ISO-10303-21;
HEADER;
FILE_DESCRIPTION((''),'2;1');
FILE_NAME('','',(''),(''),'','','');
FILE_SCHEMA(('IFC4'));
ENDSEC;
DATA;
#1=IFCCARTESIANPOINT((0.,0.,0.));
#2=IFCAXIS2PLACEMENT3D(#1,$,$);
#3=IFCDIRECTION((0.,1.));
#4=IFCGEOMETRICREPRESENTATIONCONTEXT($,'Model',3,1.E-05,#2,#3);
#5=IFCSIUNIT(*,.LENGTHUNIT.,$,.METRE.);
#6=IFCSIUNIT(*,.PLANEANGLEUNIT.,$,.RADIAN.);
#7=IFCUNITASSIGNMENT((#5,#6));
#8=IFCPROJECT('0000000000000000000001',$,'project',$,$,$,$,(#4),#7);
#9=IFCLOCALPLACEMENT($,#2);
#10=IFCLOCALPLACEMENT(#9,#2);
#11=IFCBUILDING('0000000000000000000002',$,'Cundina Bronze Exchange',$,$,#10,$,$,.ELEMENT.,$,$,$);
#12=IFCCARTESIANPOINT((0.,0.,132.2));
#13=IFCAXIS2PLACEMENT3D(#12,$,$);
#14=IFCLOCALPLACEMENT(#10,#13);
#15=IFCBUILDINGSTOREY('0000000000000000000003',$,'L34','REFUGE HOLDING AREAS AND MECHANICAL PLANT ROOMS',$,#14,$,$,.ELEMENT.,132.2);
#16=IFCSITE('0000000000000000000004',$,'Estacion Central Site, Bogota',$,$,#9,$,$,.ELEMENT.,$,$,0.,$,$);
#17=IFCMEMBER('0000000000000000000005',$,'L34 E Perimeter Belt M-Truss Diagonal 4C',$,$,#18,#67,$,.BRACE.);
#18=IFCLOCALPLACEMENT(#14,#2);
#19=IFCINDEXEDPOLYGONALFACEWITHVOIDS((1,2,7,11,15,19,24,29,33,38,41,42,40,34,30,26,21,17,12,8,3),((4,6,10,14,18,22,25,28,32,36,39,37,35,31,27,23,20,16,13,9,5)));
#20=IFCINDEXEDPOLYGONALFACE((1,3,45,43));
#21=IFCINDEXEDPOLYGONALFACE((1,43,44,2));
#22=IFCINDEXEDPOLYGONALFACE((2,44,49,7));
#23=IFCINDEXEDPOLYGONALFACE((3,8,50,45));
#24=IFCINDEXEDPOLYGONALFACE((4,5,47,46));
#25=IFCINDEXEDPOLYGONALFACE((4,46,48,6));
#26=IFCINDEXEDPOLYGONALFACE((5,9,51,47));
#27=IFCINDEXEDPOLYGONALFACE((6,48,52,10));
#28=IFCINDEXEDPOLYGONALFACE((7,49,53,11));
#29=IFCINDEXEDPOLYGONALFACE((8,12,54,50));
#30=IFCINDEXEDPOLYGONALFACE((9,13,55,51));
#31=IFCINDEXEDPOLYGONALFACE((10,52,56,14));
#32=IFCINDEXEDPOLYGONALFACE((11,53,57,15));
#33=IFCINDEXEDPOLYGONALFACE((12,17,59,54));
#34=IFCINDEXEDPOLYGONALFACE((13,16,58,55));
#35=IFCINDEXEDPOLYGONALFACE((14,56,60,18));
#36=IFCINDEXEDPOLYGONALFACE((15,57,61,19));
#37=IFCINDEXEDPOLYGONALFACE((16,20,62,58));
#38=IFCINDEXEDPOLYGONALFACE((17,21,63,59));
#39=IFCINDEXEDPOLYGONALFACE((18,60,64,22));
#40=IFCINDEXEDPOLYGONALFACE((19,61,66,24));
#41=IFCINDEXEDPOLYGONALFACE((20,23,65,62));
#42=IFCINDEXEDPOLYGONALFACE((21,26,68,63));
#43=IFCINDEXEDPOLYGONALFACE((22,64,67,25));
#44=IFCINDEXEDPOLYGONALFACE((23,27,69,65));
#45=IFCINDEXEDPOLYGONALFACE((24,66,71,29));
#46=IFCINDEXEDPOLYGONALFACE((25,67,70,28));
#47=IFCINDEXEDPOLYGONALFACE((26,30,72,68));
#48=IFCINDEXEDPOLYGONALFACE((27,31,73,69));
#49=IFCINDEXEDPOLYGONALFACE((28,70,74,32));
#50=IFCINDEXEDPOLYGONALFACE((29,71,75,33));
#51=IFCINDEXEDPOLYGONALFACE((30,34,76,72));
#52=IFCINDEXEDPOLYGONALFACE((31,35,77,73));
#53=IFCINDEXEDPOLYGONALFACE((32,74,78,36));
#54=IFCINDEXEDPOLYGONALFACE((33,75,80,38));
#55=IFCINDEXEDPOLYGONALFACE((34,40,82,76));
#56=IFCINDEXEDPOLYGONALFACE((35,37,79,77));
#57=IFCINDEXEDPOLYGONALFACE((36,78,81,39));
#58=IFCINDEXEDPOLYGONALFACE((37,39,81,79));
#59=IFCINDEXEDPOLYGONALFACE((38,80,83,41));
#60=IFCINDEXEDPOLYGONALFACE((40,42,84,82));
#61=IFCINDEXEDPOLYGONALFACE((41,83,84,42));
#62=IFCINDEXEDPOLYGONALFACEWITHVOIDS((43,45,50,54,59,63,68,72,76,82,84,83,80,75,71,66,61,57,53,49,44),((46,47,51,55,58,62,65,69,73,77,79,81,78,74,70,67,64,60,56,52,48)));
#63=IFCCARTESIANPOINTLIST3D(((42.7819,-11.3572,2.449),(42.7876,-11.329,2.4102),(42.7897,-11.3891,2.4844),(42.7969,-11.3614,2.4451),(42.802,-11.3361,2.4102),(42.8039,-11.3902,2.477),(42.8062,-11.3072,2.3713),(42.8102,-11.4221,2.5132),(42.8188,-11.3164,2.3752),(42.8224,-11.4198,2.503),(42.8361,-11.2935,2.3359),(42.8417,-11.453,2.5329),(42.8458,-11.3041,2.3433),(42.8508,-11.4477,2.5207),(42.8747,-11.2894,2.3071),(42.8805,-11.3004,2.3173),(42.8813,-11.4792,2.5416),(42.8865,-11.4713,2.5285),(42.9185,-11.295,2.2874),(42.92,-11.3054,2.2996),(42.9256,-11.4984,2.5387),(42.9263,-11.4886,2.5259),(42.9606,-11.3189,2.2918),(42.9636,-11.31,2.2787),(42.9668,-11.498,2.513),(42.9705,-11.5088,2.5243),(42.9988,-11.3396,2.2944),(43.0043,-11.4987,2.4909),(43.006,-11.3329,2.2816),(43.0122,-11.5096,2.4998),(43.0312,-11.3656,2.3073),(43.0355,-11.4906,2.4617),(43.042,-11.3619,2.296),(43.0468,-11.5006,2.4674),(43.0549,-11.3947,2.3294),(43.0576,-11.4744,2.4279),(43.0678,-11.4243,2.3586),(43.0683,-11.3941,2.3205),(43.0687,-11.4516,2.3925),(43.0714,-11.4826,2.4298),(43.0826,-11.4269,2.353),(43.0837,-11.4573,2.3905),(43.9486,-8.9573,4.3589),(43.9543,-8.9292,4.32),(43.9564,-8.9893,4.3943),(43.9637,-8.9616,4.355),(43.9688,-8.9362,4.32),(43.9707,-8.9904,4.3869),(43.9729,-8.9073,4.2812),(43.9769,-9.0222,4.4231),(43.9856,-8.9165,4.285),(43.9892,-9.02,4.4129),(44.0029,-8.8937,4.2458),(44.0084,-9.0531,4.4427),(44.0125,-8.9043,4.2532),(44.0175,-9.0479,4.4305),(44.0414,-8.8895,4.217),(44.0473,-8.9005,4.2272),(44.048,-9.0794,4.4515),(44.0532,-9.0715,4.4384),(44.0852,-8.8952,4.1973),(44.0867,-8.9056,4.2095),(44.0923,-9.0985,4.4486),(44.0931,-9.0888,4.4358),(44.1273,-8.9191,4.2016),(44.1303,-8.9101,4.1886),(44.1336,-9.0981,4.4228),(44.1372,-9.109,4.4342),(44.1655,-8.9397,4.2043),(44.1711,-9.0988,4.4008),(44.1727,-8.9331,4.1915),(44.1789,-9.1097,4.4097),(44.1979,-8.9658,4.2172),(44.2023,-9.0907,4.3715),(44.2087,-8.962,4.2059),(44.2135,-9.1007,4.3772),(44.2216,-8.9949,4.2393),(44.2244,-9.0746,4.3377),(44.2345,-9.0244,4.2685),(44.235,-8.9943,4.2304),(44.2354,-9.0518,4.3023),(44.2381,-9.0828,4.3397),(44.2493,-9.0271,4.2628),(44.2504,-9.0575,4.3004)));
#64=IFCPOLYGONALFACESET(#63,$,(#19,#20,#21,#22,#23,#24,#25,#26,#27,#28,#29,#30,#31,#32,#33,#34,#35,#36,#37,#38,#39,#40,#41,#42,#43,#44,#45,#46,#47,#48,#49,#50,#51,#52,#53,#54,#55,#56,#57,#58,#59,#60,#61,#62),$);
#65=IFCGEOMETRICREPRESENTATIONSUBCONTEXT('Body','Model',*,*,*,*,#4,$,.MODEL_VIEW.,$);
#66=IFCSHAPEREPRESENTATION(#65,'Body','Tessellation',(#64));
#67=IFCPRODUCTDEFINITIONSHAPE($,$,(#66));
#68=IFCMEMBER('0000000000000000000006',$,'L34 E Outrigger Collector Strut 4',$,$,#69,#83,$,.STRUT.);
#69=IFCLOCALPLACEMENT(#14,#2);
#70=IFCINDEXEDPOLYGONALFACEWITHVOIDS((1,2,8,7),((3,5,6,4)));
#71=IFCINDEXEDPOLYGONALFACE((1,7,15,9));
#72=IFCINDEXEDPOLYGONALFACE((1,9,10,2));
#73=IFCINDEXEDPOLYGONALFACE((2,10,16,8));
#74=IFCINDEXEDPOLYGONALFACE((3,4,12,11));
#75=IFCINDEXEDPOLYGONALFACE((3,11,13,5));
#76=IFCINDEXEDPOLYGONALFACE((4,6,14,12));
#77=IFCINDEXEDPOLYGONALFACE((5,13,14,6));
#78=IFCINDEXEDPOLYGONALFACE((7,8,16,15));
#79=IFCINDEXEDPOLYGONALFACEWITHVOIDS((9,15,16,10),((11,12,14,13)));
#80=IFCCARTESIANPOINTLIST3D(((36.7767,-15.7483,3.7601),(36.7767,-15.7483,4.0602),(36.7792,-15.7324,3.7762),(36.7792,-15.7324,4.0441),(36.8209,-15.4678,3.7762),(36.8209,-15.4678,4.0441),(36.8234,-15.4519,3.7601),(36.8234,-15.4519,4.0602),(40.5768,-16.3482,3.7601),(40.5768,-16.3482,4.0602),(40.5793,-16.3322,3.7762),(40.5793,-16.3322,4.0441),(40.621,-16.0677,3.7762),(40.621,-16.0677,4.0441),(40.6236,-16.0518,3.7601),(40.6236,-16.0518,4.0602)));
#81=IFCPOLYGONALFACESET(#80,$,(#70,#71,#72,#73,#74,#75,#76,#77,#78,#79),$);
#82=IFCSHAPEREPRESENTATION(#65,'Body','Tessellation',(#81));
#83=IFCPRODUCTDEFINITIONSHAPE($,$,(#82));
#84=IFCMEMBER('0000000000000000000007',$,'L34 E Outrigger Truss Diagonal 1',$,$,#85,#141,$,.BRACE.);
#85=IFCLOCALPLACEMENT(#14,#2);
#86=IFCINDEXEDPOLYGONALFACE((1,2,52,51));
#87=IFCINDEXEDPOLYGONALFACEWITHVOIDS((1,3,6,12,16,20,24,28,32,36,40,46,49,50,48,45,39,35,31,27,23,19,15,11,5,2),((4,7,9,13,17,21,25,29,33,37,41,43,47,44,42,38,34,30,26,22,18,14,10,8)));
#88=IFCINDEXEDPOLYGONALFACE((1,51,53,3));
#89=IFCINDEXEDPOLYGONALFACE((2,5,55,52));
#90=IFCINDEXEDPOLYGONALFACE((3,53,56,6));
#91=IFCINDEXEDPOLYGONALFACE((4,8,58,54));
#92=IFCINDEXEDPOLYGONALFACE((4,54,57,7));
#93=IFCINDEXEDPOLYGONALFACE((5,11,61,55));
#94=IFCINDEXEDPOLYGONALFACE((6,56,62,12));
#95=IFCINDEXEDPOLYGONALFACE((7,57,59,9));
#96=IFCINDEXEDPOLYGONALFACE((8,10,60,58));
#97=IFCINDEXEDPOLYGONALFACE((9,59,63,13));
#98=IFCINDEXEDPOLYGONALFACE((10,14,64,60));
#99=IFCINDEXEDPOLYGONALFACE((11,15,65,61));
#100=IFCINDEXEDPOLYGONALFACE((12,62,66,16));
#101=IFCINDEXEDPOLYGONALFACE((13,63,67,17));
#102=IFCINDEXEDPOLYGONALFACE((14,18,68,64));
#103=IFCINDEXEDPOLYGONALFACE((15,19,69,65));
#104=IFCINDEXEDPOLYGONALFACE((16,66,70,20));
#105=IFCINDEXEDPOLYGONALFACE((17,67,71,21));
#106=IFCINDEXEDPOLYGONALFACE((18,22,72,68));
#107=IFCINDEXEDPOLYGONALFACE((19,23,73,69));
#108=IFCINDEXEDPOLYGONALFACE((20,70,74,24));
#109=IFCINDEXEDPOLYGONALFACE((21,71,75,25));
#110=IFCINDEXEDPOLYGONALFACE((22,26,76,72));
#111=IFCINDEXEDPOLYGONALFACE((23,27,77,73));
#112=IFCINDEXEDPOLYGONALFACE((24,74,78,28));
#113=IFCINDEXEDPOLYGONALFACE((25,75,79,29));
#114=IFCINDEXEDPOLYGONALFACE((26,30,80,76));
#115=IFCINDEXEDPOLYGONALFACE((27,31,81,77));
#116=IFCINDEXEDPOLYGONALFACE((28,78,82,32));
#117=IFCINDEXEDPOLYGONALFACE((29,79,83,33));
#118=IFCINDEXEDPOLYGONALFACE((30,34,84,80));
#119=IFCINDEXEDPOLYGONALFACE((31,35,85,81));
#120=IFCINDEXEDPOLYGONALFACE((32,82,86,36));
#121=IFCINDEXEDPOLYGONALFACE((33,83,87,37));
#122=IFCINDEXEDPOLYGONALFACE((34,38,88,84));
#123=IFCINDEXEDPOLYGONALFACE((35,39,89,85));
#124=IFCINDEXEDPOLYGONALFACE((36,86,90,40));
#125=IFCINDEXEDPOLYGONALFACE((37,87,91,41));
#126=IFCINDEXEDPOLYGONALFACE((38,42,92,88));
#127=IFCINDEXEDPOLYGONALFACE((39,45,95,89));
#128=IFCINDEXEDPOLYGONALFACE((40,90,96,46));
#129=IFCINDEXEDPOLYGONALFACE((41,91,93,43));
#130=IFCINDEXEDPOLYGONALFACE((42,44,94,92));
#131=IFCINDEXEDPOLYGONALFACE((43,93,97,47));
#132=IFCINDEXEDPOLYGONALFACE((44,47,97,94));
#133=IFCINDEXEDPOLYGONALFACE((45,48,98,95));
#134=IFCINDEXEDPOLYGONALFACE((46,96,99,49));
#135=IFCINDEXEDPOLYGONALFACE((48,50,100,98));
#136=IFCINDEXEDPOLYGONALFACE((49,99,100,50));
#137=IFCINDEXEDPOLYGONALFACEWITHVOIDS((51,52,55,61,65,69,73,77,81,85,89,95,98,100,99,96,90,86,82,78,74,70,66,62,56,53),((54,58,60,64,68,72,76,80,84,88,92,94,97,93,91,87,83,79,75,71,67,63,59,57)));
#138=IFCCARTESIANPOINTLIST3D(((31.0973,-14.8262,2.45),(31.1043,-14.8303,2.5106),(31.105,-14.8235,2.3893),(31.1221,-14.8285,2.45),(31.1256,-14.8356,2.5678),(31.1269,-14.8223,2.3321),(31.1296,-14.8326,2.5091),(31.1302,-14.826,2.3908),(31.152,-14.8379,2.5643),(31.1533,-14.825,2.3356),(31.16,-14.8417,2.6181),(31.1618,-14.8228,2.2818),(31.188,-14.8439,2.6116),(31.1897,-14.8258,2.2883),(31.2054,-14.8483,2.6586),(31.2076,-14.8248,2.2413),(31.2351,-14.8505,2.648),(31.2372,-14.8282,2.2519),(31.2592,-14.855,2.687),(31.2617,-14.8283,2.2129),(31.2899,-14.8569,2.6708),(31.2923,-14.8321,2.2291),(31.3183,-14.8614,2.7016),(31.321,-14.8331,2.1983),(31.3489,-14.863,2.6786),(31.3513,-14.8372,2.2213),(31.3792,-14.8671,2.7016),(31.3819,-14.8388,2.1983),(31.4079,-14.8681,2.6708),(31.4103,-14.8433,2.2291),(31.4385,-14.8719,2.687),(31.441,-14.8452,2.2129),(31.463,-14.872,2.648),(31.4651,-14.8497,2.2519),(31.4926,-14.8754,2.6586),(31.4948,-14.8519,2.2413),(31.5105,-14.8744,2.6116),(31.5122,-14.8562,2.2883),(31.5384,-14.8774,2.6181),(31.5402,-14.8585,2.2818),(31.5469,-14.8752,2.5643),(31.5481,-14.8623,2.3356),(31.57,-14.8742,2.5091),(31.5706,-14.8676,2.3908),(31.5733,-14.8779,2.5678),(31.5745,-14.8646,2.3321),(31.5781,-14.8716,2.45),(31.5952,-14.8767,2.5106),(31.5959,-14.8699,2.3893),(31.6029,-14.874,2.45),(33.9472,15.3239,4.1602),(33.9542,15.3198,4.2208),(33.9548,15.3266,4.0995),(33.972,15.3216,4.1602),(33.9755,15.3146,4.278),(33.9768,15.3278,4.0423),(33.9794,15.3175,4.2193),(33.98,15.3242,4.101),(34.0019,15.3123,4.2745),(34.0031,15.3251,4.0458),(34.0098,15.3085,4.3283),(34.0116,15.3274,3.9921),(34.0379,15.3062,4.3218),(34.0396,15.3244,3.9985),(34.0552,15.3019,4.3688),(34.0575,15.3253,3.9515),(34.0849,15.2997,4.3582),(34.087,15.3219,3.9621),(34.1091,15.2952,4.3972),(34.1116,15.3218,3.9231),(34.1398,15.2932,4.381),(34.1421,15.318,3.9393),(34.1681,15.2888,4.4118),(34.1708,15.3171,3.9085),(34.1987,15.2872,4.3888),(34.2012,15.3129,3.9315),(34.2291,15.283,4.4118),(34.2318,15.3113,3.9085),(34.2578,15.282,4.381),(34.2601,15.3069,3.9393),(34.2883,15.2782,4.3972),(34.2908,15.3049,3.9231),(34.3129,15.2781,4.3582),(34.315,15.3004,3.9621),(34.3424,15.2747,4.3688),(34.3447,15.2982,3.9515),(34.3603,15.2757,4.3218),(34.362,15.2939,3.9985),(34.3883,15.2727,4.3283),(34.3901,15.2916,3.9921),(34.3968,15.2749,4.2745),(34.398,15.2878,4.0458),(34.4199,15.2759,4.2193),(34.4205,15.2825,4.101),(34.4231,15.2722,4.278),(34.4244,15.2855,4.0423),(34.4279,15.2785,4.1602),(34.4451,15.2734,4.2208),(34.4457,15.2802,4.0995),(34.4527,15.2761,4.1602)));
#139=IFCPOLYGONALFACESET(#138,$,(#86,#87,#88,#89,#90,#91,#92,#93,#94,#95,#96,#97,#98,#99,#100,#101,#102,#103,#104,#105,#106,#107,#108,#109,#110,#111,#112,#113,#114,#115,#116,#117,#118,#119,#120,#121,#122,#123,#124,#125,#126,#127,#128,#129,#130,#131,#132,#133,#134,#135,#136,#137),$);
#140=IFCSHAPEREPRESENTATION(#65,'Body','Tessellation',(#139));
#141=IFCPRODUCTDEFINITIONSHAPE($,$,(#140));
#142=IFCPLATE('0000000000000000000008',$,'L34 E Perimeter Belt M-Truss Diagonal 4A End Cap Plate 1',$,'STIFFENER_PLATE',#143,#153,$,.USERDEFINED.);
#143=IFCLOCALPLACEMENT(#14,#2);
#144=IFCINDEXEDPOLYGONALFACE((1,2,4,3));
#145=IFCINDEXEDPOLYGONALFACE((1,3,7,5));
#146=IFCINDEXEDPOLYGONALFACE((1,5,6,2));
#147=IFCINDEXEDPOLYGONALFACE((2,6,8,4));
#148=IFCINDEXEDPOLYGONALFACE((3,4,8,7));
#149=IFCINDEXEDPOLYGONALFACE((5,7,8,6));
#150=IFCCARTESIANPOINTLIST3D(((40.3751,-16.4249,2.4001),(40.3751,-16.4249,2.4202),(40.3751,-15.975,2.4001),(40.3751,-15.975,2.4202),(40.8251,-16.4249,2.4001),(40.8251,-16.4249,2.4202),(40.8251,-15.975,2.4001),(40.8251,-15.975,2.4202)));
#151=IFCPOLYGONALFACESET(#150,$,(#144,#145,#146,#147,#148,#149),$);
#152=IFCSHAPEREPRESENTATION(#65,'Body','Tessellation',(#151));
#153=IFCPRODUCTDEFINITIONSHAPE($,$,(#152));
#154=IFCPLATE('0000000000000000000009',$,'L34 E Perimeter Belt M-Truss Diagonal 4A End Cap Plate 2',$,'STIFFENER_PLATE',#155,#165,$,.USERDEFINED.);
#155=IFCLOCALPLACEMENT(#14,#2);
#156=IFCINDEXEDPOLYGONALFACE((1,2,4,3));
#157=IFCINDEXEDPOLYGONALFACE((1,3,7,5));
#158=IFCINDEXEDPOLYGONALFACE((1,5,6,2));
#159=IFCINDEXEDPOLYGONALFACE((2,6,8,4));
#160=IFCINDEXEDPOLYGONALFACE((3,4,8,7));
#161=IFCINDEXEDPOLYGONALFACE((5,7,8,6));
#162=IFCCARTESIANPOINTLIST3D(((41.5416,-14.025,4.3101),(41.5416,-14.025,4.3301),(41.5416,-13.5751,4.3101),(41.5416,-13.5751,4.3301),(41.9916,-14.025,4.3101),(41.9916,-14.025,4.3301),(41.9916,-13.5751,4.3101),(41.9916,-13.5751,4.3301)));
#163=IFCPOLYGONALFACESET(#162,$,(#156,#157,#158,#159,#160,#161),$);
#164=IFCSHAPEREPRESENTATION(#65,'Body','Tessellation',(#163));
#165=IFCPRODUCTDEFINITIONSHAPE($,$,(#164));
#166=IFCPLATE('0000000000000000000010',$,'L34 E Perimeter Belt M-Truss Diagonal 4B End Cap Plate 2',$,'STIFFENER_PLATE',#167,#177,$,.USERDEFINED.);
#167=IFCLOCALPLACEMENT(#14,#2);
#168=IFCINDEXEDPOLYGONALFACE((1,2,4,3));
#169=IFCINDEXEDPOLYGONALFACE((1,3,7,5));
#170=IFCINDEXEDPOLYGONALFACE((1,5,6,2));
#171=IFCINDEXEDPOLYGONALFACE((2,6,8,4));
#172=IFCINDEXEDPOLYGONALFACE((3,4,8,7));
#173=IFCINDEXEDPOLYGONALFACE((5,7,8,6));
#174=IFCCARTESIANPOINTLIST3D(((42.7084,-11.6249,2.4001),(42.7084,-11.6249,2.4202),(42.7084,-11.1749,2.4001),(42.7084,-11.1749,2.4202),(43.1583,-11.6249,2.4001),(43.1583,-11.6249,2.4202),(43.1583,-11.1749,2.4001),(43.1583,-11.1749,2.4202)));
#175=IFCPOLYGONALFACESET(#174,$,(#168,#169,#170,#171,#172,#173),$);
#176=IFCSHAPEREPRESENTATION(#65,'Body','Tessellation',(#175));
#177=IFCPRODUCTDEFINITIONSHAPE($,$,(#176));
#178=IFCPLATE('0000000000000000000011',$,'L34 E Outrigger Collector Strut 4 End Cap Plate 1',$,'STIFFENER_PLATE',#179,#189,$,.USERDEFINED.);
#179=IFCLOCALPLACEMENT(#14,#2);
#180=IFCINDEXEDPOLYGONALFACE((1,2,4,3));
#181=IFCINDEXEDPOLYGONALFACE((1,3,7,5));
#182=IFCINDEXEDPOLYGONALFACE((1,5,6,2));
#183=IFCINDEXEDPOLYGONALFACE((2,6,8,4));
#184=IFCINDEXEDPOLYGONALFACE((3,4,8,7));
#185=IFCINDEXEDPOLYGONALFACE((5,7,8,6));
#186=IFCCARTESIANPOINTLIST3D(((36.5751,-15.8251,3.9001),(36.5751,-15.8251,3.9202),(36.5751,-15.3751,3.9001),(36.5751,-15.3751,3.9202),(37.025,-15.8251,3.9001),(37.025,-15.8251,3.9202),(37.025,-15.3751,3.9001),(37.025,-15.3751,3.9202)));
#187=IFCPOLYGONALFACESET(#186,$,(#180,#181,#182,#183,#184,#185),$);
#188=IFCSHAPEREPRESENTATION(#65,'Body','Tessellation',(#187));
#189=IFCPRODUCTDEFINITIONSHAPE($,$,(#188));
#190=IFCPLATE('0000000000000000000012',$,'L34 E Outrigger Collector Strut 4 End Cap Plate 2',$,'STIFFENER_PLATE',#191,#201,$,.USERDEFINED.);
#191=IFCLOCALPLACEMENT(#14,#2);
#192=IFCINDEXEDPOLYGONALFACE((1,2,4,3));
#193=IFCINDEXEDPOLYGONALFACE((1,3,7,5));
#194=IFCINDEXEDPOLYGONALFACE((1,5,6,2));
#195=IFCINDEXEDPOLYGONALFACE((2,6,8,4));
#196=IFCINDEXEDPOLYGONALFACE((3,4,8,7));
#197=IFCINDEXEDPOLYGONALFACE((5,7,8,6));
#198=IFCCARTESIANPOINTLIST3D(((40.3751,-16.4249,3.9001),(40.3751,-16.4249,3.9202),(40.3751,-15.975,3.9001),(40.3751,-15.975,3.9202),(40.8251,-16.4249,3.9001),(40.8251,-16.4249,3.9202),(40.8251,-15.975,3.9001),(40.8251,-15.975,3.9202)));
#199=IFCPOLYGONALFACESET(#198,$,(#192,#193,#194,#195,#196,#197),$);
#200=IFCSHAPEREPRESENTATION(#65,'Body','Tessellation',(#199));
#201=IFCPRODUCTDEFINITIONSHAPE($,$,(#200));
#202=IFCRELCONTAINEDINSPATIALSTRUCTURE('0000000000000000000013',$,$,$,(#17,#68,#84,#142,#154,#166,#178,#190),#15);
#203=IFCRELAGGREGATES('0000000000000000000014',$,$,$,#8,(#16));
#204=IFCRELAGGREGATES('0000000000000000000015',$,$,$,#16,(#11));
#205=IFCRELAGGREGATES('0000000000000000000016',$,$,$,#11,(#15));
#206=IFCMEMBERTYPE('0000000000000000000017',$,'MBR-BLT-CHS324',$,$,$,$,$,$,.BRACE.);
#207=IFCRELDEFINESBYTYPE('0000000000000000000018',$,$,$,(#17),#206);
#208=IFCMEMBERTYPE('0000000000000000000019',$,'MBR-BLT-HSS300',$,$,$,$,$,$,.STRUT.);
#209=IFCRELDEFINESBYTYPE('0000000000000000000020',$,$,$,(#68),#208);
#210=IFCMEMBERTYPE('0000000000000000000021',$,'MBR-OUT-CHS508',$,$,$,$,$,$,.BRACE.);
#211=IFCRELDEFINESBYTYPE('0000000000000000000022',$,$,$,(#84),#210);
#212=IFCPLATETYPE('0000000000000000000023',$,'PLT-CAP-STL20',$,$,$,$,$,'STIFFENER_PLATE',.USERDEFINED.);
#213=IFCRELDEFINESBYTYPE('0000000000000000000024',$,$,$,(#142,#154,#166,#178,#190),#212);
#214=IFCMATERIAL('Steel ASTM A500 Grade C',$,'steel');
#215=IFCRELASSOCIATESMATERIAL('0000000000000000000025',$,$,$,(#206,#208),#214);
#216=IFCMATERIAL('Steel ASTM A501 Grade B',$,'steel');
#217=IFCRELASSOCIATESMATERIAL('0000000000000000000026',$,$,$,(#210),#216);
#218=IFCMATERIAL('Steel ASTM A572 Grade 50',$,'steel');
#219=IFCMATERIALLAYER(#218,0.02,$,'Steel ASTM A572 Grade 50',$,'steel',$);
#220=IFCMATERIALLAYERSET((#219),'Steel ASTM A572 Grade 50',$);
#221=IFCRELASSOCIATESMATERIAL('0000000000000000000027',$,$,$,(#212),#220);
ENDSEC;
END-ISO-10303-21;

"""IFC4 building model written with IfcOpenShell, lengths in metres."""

from ifc_helpers import new_model, si_unit, direction, frame, origin, origin_2d, place, context, subcontext, project, spatial, rectangle, hollow_rectangle, hollow_circle, extrude, material, layer, layer_set, material_profile, profile_set, type_object, element, save


model = new_model("IFC4")

# Units and contexts
model_context = context("Model", 3, precision=1e-05, world=origin(), true_north=direction((0.0, 1.0)))
body_context = subcontext(model_context, "Body", "Model", "MODEL_VIEW")
ifc_project = project(units=[si_unit("LENGTHUNIT", "METRE"), si_unit("PLANEANGLEUNIT", "RADIAN")], contexts=[model_context])

# Site, building, storey
site_placement = place(None, origin())
site = spatial("IfcSite", under=ifc_project, at=site_placement, Name="Estacion Central Site, Bogota", CompositionType="ELEMENT", RefElevation=0.0)
building_placement = place(site_placement, origin())
building = spatial("IfcBuilding", under=site, at=building_placement, Name="Cundina Bronze Exchange", CompositionType="ELEMENT")
storey_placement = place(building_placement, frame((0.0, 0.0, 132.2)))
storey = spatial("IfcBuildingStorey", under=building, at=storey_placement, Name="L34", Description="REFUGE HOLDING AREAS AND MECHANICAL PLANT ROOMS", CompositionType="ELEMENT", Elevation=132.2)

# Members
ifc_material_1 = material(Name="Steel ASTM A500 Grade C", Category="steel")
ifc_material_profile_1 = material_profile(ifc_material_1, hollow_circle(Radius=0.1621, WallThickness=0.0161, at=origin_2d()), Name="CHS324X16", Category="steel")
ifc_profile_set_1 = profile_set([ifc_material_profile_1], Name="Steel ASTM A500 Grade C")
member_type_1 = type_object("IfcMemberType", Name="MBR-BLT-CHS324", PredefinedType="BRACE", material=ifc_profile_set_1)
member_1_placement = place(storey_placement, frame((42.9333, -11.3999, 2.4102), z_axis=(0.355547, 0.731331, 0.582015), x_axis=(-0.899349, 0.437232, 0.0)))
element("IfcMember", 1, at=member_1_placement, inside=storey, type_object=member_type_1, Name="L34 E Perimeter Belt M-Truss Diagonal 4C", PredefinedType="BRACE", context=body_context, shape_type="SweptSolid", body=[
    extrude(hollow_circle(Radius=0.1621, WallThickness=0.0161, at=origin_2d()), origin(), (0.0, 0.0, 1.0), 3.2815),
])
ifc_material_profile_2 = material_profile(ifc_material_1, hollow_rectangle(XDim=0.3, YDim=0.3, WallThickness=0.0161, at=origin_2d()), Name="HSS300X300X16", Category="steel")
ifc_profile_set_2 = profile_set([ifc_material_profile_2], Name="Steel ASTM A500 Grade C")
member_type_2 = type_object("IfcMemberType", Name="MBR-BLT-HSS300", PredefinedType="STRUT", material=ifc_profile_set_2)
member_2_placement = place(storey_placement, frame((36.8, -15.6001, 3.9102), z_axis=(0.987769, -0.155923, 0.0), x_axis=(0.155923, 0.987769, 0.0)))
element("IfcMember", 2, at=member_2_placement, inside=storey, type_object=member_type_2, Name="L34 E Outrigger Collector Strut 4", PredefinedType="STRUT", context=body_context, shape_type="SweptSolid", body=[
    extrude(hollow_rectangle(XDim=0.3, YDim=0.3, WallThickness=0.0161, at=origin_2d()), origin(), (0.0, 0.0, 1.0), 3.8472),
])
ifc_material_2 = material(Name="Steel ASTM A501 Grade B", Category="steel")
ifc_material_profile_3 = material_profile(ifc_material_2, hollow_circle(Radius=0.2539, WallThickness=0.0249, at=origin_2d()), Name="CHS508X25", Category="steel")
ifc_profile_set_3 = profile_set([ifc_material_profile_3], Name="Steel ASTM A501 Grade B")
member_type_3 = type_object("IfcMemberType", Name="MBR-OUT-CHS508", PredefinedType="BRACE", material=ifc_profile_set_3)
member_3_placement = place(storey_placement, frame((31.3501, -14.8501, 2.45), z_axis=(0.093953, 0.993979, 0.056381), x_axis=(-0.995563, 0.094103, 0.0)))
element("IfcMember", 3, at=member_3_placement, inside=storey, type_object=member_type_3, Name="L34 E Outrigger Truss Diagonal 1", PredefinedType="BRACE", context=body_context, shape_type="SweptSolid", body=[
    extrude(hollow_circle(Radius=0.2539, WallThickness=0.0249, at=origin_2d()), origin(), (0.0, 0.0, 1.0), 30.3328),
])

# Plates
ifc_material_3 = material(Name="Steel ASTM A572 Grade 50", Category="steel")
ifc_layer_1 = layer(ifc_material_3, 0.02, Name="Steel ASTM A572 Grade 50", Category="steel")
ifc_layer_set_1 = layer_set([ifc_layer_1], Name="Steel ASTM A572 Grade 50")
plate_type_1 = type_object("IfcPlateType", Name="PLT-CAP-STL20", ElementType="STIFFENER_PLATE", PredefinedType="USERDEFINED", material=ifc_layer_set_1)
for number, where, z_axis, x_axis, name in (
    (4, (40.6001, -16.2, 2.4001), (0.0, 0.0, 1.0), (1.0, 0.0, 0.0), "L34 E Perimeter Belt M-Truss Diagonal 4A End Cap Plate 1"),
    (5, (41.7666, -13.8, 4.3101), (0.0, 0.0, 1.0), (1.0, 0.0, 0.0), "L34 E Perimeter Belt M-Truss Diagonal 4A End Cap Plate 2"),
    (6, (42.9333, -11.3999, 2.4001), (0.0, 0.0, 1.0), (1.0, 0.0, 0.0), "L34 E Perimeter Belt M-Truss Diagonal 4B End Cap Plate 2"),
    (7, (36.8, -15.6001, 3.9001), (0.0, 0.0, 1.0), (1.0, 0.0, 0.0), "L34 E Outrigger Collector Strut 4 End Cap Plate 1"),
    (8, (40.6001, -16.2, 3.9001), (0.0, 0.0, 1.0), (1.0, 0.0, 0.0), "L34 E Outrigger Collector Strut 4 End Cap Plate 2"),
):
    element("IfcPlate", number, at=place(storey_placement, frame(where, z_axis=z_axis, x_axis=x_axis)), inside=storey, type_object=plate_type_1, Name=name, ObjectType="STIFFENER_PLATE", PredefinedType="USERDEFINED", context=body_context, shape_type="SweptSolid", body=[
        extrude(rectangle(XDim=0.45, YDim=0.45, at=origin_2d()), origin(), (0.0, 0.0, 1.0), 0.02),
    ])

save(model, "model.ifc")
